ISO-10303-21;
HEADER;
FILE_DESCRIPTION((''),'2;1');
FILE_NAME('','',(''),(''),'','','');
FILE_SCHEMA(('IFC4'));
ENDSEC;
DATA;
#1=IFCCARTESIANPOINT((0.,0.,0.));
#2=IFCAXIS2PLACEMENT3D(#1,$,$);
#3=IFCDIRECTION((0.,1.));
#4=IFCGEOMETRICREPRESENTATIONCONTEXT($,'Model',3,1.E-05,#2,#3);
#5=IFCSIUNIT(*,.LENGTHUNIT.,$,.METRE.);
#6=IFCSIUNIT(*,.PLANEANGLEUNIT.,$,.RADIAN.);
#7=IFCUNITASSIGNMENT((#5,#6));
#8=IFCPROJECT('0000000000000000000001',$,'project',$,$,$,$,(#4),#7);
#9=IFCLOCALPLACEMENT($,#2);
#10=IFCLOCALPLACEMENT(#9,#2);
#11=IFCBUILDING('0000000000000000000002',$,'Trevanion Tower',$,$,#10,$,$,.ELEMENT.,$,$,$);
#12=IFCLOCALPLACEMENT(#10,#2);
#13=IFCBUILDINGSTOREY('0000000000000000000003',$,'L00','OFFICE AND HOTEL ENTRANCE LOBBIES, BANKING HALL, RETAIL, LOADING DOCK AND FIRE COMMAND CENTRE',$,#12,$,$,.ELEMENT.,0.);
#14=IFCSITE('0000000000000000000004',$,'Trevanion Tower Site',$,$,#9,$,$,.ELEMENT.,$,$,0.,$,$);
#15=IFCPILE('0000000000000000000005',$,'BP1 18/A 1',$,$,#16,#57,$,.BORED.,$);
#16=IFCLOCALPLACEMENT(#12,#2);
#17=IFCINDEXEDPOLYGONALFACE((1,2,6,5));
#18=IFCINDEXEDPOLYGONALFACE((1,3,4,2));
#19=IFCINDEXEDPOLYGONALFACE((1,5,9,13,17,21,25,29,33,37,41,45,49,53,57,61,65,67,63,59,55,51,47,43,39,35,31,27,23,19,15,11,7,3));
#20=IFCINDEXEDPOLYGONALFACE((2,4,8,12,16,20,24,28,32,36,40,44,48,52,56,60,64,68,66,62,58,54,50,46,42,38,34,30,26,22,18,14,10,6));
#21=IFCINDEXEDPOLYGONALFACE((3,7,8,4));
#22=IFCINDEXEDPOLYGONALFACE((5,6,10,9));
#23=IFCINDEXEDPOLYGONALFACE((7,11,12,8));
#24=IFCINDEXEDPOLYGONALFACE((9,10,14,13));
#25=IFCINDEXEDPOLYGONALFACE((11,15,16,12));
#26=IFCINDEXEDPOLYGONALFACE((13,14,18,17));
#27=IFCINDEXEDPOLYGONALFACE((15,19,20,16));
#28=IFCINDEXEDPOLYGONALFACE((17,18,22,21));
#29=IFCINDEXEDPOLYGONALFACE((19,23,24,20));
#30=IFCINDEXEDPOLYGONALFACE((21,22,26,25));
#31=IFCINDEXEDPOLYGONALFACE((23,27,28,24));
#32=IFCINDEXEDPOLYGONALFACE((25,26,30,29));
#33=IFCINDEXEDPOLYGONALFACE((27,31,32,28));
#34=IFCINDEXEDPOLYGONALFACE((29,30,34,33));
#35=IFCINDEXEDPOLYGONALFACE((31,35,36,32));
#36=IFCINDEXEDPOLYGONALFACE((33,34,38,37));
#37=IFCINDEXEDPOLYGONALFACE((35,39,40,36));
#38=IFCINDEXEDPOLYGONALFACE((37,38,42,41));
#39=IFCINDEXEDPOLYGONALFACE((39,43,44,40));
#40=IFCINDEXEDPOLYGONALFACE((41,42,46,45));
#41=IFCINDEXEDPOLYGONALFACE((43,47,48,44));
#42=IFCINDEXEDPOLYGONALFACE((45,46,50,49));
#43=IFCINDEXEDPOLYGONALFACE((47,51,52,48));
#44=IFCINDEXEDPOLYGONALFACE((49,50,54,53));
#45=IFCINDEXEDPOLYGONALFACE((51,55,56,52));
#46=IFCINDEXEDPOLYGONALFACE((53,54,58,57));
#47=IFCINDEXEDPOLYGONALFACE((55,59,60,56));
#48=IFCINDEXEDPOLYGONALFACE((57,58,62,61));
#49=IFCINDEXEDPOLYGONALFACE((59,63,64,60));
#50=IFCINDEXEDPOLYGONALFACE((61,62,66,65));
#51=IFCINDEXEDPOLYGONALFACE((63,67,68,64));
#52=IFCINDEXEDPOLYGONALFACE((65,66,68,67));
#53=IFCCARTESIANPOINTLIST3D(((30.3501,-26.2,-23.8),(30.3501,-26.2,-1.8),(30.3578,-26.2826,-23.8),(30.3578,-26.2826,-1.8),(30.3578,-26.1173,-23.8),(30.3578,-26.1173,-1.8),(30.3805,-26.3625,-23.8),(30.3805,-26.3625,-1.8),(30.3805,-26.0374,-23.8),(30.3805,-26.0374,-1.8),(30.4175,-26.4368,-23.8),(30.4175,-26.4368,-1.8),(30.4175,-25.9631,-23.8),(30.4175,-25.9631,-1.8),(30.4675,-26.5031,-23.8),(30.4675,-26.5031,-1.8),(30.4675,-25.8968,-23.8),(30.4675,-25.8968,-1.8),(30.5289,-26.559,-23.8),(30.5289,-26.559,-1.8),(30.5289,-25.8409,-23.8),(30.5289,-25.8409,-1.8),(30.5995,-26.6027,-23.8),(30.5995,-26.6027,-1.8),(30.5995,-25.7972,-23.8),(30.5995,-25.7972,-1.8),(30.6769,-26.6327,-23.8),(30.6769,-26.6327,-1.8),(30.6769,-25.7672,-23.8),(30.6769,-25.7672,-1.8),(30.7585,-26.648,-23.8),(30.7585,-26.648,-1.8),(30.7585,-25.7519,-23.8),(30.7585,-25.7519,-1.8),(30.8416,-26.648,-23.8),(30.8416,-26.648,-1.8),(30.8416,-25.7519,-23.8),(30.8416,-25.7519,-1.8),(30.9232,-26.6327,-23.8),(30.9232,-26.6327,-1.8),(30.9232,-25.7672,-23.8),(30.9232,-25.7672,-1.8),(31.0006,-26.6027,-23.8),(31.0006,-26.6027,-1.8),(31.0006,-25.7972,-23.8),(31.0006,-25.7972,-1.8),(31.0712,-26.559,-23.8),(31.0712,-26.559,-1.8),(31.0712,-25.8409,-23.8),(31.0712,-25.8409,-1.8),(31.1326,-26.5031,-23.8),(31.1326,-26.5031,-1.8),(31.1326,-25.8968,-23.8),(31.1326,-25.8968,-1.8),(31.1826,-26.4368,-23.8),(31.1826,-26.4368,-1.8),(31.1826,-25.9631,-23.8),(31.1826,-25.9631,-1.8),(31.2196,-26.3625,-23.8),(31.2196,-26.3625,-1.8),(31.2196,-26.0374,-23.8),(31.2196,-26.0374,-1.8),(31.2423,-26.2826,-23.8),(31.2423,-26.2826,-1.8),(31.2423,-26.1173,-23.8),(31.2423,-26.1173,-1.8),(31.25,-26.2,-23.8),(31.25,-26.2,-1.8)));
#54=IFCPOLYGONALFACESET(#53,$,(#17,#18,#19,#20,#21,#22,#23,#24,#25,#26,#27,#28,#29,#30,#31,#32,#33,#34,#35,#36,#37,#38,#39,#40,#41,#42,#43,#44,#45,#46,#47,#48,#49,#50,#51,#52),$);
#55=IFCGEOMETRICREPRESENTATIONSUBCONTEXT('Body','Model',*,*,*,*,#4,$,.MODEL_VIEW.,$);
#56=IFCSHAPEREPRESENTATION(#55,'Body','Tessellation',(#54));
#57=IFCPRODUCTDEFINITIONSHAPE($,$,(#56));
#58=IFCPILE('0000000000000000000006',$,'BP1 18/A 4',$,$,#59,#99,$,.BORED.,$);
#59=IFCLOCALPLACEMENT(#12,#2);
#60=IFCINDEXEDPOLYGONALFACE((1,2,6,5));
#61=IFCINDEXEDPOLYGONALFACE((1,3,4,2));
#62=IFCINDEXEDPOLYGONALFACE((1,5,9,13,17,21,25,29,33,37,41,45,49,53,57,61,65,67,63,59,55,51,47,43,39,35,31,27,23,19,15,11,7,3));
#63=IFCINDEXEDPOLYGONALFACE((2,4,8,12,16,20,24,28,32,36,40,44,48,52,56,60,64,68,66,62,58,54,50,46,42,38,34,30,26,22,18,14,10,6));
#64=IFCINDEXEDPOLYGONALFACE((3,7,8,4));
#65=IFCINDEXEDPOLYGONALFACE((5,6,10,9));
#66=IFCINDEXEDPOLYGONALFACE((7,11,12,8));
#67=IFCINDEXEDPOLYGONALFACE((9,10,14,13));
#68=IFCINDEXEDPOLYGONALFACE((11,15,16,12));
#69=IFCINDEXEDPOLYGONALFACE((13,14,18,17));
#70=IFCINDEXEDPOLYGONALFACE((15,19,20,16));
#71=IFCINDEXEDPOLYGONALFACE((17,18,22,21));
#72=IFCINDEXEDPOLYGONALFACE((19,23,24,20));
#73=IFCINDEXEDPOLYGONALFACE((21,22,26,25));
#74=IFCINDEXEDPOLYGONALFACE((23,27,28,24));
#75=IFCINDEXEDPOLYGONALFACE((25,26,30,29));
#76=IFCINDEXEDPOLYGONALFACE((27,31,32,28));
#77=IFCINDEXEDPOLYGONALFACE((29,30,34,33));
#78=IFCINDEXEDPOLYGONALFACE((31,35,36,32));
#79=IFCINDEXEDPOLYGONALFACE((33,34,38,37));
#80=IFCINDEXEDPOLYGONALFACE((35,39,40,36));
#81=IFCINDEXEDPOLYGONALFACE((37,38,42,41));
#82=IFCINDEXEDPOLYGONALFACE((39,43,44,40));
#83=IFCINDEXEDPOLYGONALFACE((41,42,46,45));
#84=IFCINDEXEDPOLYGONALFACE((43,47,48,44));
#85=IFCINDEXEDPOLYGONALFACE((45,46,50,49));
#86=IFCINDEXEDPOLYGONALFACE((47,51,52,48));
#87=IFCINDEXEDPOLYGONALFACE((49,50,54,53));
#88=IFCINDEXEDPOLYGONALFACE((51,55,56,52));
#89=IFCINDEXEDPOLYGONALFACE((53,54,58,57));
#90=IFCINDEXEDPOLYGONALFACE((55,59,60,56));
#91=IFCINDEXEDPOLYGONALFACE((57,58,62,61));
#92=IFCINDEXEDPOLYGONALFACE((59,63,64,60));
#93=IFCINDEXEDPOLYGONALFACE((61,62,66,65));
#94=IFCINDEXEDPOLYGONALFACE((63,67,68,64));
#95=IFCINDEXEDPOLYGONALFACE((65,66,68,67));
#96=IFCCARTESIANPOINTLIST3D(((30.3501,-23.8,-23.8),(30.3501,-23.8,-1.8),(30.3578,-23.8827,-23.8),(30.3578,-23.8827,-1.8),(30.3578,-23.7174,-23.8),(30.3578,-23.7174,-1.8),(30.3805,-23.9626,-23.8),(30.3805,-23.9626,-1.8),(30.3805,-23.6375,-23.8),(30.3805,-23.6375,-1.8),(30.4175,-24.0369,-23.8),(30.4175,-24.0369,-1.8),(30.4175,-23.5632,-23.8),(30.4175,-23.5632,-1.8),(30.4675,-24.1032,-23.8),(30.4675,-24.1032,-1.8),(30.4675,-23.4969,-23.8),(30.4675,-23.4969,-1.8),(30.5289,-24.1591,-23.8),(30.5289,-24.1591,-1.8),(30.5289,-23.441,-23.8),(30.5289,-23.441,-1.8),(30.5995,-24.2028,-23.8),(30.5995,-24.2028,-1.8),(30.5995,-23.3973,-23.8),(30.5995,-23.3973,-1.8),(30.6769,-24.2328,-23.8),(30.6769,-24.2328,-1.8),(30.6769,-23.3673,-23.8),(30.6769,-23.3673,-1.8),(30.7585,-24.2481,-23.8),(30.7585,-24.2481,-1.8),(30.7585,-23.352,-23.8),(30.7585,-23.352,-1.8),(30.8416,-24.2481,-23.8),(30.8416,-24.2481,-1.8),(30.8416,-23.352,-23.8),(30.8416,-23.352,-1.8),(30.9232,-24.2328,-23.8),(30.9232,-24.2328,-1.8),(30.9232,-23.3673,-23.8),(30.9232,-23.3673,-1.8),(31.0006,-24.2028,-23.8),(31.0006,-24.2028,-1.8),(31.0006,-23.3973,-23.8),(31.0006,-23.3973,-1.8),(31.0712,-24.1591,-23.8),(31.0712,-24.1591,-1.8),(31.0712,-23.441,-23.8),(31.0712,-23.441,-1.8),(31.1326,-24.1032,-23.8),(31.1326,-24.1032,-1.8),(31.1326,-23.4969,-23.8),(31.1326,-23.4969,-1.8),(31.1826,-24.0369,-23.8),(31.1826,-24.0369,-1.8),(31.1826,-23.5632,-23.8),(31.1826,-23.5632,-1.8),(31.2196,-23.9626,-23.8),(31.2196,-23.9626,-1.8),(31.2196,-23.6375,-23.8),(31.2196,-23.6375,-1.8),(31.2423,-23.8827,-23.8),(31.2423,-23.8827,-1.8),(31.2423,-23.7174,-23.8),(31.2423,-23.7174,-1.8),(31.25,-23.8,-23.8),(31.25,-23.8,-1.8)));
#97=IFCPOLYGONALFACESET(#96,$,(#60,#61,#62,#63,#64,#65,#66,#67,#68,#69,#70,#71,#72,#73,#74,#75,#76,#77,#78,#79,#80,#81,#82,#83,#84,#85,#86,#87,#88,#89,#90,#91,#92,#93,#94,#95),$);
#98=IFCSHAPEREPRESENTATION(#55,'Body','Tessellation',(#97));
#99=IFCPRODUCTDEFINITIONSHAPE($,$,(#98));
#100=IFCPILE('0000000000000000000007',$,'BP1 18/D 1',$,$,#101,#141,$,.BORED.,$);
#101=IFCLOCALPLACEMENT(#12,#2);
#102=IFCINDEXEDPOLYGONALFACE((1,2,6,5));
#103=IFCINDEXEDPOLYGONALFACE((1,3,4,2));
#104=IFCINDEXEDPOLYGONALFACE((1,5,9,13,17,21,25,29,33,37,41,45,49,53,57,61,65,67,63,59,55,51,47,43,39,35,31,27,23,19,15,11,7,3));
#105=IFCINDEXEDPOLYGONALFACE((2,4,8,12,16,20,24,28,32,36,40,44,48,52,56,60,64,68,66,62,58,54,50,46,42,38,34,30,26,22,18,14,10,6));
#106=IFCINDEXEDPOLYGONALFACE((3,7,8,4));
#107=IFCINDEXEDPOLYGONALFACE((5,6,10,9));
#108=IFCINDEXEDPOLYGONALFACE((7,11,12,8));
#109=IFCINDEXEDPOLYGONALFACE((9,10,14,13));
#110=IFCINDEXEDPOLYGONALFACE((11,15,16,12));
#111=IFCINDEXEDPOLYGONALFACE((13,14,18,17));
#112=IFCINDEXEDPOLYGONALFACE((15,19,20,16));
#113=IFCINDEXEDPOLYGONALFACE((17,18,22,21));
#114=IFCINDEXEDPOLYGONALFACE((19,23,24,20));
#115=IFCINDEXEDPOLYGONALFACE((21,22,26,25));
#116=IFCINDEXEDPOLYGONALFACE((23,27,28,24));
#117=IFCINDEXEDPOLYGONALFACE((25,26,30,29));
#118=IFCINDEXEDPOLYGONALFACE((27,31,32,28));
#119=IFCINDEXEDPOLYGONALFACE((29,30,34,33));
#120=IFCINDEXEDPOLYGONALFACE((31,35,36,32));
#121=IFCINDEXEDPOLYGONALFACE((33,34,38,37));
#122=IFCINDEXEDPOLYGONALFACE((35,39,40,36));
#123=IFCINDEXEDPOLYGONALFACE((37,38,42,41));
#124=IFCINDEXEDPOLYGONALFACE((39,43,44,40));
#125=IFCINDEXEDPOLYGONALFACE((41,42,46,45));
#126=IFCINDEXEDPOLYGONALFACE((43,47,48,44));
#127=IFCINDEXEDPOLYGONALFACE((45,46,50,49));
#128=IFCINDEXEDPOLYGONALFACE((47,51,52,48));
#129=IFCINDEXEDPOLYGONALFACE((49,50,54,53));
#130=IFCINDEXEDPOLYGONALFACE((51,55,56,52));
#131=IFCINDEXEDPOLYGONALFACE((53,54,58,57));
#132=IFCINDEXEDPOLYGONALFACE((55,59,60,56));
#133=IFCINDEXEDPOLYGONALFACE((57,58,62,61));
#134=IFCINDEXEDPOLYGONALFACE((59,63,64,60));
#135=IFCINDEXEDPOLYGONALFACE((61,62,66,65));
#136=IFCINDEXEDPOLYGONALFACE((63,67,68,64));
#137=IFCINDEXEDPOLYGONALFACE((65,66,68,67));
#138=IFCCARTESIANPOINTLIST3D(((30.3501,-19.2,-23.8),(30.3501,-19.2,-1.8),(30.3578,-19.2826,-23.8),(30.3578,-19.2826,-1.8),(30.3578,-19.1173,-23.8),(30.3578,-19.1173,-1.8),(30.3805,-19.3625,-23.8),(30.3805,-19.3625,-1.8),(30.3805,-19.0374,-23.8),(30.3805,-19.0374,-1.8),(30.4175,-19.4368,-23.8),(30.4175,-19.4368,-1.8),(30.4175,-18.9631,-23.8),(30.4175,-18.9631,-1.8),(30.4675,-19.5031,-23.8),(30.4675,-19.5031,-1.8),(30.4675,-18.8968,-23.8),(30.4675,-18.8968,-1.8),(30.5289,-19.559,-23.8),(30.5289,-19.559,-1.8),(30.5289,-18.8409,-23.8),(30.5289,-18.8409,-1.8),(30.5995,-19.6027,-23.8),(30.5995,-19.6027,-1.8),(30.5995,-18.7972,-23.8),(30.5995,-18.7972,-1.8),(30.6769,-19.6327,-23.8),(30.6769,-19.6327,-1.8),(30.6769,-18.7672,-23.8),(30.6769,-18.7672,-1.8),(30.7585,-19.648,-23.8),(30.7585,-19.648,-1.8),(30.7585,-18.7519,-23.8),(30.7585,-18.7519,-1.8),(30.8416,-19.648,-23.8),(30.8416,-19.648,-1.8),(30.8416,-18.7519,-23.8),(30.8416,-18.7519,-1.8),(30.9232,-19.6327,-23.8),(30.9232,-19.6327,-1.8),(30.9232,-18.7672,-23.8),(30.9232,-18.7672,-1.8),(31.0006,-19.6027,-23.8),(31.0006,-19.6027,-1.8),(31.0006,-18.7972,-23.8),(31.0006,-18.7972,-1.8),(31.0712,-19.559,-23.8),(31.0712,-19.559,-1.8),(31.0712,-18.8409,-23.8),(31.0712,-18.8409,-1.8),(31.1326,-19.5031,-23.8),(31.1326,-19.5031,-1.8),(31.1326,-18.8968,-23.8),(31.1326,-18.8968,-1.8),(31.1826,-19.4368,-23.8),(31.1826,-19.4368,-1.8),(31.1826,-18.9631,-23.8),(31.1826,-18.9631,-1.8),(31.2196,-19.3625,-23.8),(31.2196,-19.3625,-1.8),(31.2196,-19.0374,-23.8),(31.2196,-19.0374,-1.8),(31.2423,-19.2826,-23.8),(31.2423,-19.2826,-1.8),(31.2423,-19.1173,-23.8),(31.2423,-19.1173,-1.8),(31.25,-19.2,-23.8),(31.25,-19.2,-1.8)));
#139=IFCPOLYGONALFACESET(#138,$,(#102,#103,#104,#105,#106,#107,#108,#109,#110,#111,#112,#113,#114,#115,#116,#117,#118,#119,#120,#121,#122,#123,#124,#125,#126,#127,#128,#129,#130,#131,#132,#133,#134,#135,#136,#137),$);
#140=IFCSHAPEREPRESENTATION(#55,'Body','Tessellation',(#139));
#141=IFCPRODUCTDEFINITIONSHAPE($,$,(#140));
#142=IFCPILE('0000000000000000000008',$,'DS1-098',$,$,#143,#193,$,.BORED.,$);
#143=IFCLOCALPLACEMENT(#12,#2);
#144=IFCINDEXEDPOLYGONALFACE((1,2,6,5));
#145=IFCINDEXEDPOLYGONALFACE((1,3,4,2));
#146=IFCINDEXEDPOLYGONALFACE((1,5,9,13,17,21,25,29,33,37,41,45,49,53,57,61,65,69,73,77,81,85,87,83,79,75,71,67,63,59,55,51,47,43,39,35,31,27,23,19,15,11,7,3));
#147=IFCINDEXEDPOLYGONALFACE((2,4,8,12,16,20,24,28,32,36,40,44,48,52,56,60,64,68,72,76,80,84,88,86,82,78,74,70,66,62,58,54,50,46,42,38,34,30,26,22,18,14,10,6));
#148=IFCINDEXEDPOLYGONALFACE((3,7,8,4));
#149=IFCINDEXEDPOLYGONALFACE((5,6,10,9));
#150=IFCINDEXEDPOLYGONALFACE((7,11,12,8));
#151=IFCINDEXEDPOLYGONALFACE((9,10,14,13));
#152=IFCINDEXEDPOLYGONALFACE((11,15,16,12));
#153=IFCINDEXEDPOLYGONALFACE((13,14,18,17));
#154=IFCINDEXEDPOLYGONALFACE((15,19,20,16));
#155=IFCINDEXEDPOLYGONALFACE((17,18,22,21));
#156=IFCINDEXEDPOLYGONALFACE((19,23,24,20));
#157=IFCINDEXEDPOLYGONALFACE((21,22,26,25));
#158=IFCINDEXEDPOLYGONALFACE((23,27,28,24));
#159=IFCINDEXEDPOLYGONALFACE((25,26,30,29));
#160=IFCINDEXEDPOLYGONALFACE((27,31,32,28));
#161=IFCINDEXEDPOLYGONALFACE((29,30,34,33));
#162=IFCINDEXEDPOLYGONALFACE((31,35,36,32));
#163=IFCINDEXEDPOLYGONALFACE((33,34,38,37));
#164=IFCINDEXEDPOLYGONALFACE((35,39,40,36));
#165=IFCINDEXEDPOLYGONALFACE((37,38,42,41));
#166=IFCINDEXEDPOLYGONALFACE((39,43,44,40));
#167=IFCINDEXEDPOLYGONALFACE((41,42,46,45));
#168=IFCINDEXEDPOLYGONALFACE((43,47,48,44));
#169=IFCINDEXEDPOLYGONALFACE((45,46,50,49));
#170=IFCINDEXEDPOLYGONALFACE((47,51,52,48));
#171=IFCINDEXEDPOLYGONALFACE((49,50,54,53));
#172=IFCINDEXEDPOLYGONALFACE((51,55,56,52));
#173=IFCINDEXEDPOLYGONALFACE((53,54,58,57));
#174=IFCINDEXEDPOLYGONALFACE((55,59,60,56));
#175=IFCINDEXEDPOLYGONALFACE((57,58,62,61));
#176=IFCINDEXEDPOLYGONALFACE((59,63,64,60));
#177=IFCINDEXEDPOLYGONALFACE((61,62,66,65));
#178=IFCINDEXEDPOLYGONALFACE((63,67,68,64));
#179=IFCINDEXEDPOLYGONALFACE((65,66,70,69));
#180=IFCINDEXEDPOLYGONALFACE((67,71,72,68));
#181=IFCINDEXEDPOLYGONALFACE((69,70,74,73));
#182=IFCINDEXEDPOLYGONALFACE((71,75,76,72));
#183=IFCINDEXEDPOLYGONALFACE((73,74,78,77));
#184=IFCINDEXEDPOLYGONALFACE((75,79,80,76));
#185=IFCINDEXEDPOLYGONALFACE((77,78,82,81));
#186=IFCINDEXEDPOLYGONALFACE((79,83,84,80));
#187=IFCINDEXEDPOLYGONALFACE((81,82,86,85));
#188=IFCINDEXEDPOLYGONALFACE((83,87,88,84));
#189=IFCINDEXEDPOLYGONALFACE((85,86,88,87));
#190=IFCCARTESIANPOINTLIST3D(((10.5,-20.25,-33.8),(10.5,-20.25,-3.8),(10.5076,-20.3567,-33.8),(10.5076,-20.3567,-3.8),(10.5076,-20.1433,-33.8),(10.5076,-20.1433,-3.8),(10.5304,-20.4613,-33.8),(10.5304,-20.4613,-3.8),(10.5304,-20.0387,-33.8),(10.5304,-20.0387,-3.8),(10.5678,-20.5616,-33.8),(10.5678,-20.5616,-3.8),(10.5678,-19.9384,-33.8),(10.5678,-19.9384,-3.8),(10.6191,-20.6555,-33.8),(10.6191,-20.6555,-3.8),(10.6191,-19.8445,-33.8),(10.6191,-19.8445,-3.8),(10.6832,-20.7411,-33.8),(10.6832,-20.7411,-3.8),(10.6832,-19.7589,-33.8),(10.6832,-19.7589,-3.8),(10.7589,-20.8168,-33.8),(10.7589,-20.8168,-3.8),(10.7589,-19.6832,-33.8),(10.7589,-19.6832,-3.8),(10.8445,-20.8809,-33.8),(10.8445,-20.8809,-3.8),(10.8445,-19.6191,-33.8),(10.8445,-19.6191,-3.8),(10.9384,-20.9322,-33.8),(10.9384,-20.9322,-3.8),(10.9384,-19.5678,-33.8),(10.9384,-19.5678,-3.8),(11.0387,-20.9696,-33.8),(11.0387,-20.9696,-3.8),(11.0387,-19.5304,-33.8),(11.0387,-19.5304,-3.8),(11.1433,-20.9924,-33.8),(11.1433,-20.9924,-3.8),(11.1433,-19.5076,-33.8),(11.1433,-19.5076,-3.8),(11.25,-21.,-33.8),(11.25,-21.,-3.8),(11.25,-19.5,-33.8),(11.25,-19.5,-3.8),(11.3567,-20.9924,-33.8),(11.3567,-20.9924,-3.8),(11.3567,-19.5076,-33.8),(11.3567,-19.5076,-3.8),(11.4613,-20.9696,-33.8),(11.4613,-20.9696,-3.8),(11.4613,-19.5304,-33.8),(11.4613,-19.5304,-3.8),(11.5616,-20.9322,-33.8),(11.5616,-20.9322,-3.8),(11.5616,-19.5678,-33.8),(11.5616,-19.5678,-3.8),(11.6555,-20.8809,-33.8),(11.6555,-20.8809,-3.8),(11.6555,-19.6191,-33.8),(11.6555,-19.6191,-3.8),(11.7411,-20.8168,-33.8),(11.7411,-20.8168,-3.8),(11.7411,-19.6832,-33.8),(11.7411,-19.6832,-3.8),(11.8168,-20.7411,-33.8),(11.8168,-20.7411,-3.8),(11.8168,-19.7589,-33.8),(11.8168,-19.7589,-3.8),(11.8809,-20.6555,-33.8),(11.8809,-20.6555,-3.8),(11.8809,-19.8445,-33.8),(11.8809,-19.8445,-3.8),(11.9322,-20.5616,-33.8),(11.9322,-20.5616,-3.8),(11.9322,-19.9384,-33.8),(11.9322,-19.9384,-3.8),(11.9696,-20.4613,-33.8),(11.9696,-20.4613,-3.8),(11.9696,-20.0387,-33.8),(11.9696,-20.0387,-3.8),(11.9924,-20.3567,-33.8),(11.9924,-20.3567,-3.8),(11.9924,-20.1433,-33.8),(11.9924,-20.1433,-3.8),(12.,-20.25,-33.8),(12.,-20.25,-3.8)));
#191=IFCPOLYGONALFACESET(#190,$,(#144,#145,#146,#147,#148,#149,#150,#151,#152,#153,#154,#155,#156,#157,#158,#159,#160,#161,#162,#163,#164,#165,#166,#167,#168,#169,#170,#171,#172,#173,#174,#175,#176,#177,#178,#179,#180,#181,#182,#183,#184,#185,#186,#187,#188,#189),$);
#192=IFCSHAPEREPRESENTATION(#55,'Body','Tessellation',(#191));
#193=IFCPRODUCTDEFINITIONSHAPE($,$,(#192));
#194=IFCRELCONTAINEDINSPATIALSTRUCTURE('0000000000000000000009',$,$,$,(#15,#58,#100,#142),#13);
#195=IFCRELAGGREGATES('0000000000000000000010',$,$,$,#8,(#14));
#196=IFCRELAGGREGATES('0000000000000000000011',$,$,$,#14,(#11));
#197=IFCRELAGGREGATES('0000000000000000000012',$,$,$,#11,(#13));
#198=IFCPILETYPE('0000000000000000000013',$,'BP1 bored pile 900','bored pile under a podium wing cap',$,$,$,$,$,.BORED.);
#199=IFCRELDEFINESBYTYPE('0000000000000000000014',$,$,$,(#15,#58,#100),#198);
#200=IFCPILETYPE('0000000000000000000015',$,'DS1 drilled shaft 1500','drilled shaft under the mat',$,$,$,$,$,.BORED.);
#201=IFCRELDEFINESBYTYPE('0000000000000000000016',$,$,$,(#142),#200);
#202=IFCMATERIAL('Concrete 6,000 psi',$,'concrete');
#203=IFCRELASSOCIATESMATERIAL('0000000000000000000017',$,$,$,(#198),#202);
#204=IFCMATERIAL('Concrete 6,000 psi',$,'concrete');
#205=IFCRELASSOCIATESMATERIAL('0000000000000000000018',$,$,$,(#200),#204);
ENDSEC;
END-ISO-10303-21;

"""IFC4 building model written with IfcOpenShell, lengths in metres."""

from ifc_helpers import new_model, si_unit, direction, frame, origin, origin_2d, place, context, subcontext, project, spatial, circle, extrude, material, material_profile, profile_set, type_object, element, save


model = new_model("IFC4")

# Units and contexts
model_context = context("Model", 3, precision=1e-05, world=origin(), true_north=direction((0.0, 1.0)))
body_context = subcontext(model_context, "Body", "Model", "MODEL_VIEW")
ifc_project = project(units=[si_unit("LENGTHUNIT", "METRE"), si_unit("PLANEANGLEUNIT", "RADIAN")], contexts=[model_context])

# Site, building, storey
site_placement = place(None, origin())
site = spatial("IfcSite", under=ifc_project, at=site_placement, Name="Trevanion Tower Site", CompositionType="ELEMENT", RefElevation=0.0)
building_placement = place(site_placement, origin())
building = spatial("IfcBuilding", under=site, at=building_placement, Name="Trevanion Tower", CompositionType="ELEMENT")
storey_placement = place(building_placement, origin())
storey = spatial("IfcBuildingStorey", under=building, at=storey_placement, Name="L00", Description="OFFICE AND HOTEL ENTRANCE LOBBIES, BANKING HALL, RETAIL, LOADING DOCK AND FIRE COMMAND CENTRE", CompositionType="ELEMENT", Elevation=0.0)

# Piles
ifc_material_1 = material(Name="Concrete 6,000 psi", Category="concrete")
ifc_material_profile_1 = material_profile(ifc_material_1, circle(Radius=0.45, at=origin_2d()), Name="BP1 bored pile 900")
ifc_profile_set_1 = profile_set([ifc_material_profile_1], Name="Concrete 6,000 psi")
pile_type_1 = type_object("IfcPileType", Name="BP1 bored pile 900", Description="bored pile under a podium wing cap", PredefinedType="BORED", material=ifc_profile_set_1)
for number, where, z_axis, x_axis, name in (
    (1, (30.8, -26.2, -1.8), (0.0, 0.0, -1.0), (1.0, 0.0, 0.0), "BP1 18/A 1"),
    (2, (30.8, -23.8, -1.8), (0.0, 0.0, -1.0), (1.0, 0.0, 0.0), "BP1 18/A 4"),
    (3, (30.8, -19.2, -1.8), (0.0, 0.0, -1.0), (1.0, 0.0, 0.0), "BP1 18/D 1"),
):
    element("IfcPile", number, at=place(storey_placement, frame(where, z_axis=z_axis, x_axis=x_axis)), inside=storey, type_object=pile_type_1, Name=name, PredefinedType="BORED", context=body_context, shape_type="SweptSolid", body=[
        extrude(circle(Radius=0.45, at=origin_2d()), origin(), (0.0, 0.0, 1.0), 22.0),
    ])
ifc_material_2 = material(Name="Concrete 6,000 psi", Category="concrete")
ifc_material_profile_2 = material_profile(ifc_material_2, circle(Radius=0.75, at=origin_2d()), Name="DS1 drilled shaft 1500")
ifc_profile_set_2 = profile_set([ifc_material_profile_2], Name="Concrete 6,000 psi")
pile_type_2 = type_object("IfcPileType", Name="DS1 drilled shaft 1500", Description="drilled shaft under the mat", PredefinedType="BORED", material=ifc_profile_set_2)
for number, where, z_axis, x_axis, name in (
    (4, (11.25, -20.25, -3.8), (0.0, 0.0, -1.0), (1.0, 0.0, 0.0), "DS1-098"),
):
    element("IfcPile", number, at=place(storey_placement, frame(where, z_axis=z_axis, x_axis=x_axis)), inside=storey, type_object=pile_type_2, Name=name, PredefinedType="BORED", context=body_context, shape_type="SweptSolid", body=[
        extrude(circle(Radius=0.75, at=origin_2d()), origin(), (0.0, 0.0, 1.0), 30.0),
    ])

save(model, "model.ifc")
